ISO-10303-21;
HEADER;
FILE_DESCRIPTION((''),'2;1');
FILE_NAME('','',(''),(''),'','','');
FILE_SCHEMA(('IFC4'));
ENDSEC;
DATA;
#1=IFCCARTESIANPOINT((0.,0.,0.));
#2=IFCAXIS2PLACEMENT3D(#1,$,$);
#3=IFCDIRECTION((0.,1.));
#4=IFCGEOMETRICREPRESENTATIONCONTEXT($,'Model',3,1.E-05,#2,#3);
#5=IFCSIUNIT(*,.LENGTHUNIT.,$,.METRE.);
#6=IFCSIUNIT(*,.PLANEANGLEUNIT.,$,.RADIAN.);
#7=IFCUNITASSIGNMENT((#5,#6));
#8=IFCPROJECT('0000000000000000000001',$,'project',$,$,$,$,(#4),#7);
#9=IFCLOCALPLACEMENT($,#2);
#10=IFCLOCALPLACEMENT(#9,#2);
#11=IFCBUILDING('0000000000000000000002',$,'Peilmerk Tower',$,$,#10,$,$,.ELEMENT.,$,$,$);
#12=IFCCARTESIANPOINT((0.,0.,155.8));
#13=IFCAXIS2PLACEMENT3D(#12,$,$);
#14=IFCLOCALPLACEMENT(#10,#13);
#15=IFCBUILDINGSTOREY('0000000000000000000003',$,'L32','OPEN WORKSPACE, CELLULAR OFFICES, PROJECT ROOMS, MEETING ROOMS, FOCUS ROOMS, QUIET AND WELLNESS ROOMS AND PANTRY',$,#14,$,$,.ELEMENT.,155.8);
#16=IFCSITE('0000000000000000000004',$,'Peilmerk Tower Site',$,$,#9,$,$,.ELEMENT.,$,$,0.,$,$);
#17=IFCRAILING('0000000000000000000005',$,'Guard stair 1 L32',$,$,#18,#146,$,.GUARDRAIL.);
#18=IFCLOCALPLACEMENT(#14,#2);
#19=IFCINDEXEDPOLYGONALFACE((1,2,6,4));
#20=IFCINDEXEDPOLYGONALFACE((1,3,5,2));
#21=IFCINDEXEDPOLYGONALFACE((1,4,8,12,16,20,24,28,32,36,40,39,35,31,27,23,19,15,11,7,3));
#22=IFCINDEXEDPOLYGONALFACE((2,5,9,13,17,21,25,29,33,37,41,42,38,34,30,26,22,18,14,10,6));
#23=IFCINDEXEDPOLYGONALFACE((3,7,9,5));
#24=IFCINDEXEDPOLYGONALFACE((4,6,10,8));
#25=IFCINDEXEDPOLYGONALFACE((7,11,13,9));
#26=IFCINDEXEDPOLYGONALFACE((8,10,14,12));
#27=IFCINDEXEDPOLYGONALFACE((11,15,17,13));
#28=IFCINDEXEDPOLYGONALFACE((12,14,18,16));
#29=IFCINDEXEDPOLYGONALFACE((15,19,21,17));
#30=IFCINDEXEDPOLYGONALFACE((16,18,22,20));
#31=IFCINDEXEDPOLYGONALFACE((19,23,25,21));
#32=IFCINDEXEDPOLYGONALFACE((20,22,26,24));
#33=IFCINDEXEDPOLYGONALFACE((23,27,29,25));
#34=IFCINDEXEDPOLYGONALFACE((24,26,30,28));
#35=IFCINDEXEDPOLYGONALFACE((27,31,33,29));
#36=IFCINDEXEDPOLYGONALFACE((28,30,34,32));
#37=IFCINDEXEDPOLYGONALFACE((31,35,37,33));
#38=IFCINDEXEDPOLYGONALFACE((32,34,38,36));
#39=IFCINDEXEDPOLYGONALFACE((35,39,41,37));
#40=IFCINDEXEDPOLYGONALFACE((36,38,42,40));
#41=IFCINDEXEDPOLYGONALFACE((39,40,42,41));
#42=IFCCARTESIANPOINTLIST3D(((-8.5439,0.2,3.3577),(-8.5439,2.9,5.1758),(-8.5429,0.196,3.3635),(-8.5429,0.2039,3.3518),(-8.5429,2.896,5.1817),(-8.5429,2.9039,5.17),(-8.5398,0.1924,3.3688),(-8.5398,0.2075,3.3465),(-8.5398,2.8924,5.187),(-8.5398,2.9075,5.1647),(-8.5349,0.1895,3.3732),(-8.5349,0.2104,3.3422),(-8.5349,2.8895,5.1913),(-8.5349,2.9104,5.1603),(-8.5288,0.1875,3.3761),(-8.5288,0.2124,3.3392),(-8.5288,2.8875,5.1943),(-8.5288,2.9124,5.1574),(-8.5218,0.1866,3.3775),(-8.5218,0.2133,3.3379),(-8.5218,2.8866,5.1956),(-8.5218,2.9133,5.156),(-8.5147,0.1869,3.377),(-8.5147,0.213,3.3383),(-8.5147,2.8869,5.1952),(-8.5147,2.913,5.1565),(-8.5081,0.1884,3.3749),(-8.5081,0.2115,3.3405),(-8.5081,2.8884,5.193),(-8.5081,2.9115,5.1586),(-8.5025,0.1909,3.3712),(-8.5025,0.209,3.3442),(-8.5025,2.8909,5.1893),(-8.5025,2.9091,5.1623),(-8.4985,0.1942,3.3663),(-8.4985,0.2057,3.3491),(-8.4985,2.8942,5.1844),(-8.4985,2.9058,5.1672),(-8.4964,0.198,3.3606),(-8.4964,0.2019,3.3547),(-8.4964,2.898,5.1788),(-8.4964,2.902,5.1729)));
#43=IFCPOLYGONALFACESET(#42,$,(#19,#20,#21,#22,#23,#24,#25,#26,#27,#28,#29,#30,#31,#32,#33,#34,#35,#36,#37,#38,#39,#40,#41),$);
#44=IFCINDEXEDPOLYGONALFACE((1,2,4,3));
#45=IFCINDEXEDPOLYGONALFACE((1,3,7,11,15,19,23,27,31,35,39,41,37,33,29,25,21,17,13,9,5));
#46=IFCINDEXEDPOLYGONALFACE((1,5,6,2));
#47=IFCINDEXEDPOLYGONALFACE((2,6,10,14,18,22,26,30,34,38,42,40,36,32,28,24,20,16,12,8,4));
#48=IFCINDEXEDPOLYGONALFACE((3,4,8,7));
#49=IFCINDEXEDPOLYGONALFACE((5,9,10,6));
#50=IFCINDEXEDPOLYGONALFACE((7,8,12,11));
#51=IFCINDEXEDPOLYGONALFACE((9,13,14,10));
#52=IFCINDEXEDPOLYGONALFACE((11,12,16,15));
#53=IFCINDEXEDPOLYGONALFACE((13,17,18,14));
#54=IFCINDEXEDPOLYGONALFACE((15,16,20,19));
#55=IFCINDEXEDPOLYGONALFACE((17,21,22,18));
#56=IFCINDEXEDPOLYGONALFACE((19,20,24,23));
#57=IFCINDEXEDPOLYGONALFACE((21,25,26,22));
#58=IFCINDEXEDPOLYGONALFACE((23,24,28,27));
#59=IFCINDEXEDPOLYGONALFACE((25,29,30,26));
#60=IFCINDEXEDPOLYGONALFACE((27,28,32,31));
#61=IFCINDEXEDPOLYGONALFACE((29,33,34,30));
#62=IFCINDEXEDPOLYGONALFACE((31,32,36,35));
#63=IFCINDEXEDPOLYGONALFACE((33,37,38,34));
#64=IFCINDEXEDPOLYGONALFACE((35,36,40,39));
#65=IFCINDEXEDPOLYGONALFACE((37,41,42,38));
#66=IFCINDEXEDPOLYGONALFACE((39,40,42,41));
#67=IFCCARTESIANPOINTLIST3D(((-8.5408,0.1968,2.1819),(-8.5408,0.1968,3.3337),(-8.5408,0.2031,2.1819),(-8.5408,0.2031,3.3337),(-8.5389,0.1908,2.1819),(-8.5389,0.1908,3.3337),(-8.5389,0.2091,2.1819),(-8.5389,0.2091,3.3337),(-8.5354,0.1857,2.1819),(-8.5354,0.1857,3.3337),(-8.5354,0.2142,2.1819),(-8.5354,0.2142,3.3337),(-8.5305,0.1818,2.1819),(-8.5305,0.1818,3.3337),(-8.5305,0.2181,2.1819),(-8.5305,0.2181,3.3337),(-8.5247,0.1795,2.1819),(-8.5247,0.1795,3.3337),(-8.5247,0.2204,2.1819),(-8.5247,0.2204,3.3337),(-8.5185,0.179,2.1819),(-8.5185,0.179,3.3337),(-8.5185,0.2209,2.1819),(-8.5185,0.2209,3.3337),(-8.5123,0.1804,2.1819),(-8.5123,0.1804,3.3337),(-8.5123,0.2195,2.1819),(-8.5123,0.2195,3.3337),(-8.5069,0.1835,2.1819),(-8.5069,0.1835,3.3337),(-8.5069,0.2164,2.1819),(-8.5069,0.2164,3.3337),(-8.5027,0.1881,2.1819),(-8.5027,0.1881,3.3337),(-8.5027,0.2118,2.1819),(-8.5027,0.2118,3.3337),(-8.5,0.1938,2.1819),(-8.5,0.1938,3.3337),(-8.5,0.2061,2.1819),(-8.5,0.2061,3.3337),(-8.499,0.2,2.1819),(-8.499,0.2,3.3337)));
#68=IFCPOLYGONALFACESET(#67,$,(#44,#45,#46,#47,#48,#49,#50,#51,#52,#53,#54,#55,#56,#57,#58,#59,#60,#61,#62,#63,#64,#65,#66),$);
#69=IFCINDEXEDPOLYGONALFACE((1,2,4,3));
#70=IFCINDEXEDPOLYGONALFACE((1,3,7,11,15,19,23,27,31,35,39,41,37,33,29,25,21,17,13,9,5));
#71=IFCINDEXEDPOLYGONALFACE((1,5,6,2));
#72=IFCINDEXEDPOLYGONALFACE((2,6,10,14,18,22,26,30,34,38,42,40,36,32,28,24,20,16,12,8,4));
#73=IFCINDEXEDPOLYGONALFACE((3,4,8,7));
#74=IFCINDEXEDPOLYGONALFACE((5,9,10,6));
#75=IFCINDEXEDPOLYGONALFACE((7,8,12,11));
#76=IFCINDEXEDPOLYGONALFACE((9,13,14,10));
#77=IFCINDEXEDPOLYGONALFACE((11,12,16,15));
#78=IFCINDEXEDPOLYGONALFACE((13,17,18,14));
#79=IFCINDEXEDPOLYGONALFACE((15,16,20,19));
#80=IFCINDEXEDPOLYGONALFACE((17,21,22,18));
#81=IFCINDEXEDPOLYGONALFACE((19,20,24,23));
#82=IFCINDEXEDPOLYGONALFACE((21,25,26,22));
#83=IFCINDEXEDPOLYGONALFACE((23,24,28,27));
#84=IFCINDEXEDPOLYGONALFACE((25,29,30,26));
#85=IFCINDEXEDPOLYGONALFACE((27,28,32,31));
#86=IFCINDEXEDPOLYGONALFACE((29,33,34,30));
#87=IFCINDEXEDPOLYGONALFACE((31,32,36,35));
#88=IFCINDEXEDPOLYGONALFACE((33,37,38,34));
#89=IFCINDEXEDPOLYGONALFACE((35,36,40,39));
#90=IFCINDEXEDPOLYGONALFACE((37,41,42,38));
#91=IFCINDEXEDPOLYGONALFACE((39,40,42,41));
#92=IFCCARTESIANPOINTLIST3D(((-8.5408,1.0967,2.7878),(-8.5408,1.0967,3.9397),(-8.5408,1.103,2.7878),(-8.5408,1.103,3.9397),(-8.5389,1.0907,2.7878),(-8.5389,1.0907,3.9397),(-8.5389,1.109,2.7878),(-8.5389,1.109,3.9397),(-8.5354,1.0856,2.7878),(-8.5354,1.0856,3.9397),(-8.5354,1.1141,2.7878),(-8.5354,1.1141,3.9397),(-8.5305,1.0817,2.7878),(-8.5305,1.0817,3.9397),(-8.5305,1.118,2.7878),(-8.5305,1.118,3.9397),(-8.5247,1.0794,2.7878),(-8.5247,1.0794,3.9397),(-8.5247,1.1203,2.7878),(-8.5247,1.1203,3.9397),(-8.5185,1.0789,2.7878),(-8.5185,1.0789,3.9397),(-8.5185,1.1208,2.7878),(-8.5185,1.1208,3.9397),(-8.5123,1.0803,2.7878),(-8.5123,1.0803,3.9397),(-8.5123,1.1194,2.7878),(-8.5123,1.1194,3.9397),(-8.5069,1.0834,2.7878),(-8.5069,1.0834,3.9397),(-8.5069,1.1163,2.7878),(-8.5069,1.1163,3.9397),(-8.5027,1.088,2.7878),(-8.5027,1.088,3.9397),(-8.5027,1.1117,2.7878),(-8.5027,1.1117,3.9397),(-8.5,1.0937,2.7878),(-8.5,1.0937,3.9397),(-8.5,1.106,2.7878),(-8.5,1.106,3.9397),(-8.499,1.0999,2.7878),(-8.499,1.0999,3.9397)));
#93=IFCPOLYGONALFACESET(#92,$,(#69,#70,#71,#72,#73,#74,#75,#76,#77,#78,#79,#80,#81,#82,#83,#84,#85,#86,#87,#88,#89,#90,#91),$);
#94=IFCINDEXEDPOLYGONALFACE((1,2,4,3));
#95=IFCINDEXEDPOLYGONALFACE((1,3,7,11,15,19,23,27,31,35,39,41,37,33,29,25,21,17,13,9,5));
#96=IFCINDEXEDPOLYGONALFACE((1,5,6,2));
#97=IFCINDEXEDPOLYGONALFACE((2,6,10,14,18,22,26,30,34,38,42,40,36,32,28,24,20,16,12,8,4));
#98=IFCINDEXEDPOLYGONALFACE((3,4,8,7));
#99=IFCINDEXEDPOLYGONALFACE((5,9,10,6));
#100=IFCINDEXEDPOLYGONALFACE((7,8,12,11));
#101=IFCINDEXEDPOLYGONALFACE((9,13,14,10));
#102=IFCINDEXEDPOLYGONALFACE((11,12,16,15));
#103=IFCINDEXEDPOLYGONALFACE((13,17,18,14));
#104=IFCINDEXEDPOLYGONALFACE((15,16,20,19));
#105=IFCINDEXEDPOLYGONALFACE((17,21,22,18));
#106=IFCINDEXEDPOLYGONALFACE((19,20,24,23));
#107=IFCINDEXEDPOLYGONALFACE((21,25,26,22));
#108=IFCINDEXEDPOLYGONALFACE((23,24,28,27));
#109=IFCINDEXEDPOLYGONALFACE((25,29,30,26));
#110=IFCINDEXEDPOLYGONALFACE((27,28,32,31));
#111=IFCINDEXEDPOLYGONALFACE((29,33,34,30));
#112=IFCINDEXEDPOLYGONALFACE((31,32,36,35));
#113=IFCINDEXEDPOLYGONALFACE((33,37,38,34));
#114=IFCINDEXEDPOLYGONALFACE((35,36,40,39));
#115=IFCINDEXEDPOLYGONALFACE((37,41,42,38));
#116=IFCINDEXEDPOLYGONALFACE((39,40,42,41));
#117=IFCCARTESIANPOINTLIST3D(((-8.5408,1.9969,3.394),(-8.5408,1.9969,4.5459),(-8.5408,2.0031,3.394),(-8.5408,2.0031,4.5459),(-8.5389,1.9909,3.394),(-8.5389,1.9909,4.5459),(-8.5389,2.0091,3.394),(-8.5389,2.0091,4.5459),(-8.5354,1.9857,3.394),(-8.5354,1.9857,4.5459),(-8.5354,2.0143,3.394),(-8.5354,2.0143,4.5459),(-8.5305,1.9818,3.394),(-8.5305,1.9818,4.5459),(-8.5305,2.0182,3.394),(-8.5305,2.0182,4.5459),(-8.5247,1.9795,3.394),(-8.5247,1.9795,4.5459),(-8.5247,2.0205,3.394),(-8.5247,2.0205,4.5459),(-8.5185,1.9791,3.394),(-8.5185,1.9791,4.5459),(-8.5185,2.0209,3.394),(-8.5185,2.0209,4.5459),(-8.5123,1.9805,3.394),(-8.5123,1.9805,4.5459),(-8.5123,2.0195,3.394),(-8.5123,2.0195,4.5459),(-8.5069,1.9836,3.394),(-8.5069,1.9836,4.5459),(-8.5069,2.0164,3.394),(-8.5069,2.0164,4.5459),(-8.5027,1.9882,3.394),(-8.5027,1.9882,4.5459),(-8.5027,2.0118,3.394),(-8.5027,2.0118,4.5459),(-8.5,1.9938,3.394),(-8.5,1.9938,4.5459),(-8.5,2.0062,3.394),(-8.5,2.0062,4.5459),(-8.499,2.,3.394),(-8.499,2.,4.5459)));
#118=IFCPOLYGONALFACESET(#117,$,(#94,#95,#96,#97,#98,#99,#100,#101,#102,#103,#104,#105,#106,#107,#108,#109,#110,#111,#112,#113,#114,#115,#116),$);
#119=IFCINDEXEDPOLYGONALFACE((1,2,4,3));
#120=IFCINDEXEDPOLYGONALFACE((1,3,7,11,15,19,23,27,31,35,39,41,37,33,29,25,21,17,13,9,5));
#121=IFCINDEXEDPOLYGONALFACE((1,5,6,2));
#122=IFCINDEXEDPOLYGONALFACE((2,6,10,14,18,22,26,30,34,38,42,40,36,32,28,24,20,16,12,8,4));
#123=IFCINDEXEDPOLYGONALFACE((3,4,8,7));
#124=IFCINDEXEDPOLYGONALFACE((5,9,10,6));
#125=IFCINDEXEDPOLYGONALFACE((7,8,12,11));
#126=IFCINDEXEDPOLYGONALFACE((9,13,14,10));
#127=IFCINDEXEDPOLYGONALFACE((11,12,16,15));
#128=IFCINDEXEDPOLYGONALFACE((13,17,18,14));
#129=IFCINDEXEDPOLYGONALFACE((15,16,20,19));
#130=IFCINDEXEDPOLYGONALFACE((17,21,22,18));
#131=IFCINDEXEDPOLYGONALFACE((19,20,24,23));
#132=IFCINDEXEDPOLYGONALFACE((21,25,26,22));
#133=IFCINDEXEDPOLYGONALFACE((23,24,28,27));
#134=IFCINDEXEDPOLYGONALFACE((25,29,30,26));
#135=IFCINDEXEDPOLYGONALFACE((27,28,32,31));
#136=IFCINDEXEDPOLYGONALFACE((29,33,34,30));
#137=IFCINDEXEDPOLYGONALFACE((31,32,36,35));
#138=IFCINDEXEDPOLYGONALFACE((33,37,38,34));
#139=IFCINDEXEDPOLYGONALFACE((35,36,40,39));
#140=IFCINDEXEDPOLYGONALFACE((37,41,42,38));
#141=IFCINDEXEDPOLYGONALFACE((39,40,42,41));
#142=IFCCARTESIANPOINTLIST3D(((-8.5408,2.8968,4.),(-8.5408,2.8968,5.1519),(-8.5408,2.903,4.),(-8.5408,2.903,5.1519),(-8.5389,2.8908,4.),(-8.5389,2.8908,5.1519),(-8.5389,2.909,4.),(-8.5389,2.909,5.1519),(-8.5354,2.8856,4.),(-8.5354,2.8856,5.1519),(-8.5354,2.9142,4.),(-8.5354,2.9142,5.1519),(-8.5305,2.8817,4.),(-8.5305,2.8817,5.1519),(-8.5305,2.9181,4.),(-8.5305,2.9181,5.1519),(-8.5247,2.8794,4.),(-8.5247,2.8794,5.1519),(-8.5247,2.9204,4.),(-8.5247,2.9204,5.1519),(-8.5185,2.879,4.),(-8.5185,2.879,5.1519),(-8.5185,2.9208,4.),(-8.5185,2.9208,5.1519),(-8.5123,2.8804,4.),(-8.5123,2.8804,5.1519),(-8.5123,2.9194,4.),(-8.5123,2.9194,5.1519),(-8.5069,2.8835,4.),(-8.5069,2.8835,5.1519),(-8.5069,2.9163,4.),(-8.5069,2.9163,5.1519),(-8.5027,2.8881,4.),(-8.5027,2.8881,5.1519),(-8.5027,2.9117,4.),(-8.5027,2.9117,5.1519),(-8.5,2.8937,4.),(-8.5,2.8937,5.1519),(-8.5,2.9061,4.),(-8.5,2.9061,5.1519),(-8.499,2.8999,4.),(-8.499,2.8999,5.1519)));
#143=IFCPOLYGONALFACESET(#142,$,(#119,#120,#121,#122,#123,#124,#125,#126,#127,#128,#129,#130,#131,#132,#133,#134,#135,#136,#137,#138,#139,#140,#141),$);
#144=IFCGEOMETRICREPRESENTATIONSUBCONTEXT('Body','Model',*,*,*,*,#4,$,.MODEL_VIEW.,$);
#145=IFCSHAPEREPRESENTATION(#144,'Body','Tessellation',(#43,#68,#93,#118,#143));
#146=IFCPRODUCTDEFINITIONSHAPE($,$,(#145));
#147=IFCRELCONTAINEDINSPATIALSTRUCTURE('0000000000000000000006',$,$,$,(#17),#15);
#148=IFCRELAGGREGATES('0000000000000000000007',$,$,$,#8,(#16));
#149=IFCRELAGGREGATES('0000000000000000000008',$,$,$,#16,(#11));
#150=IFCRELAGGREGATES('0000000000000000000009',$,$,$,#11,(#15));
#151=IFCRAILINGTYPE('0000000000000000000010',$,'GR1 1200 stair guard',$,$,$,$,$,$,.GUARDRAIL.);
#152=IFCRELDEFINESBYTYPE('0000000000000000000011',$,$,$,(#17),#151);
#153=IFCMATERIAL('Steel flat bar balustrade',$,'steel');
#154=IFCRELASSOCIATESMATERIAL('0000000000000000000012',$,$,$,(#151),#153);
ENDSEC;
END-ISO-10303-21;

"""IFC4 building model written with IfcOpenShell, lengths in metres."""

from ifc_helpers import new_model, si_unit, direction, frame, origin, origin_2d, place, context, subcontext, project, spatial, circle, extrude, material, type_object, element, save


model = new_model("IFC4")

# Units and contexts
model_context = context("Model", 3, precision=1e-05, world=origin(), true_north=direction((0.0, 1.0)))
body_context = subcontext(model_context, "Body", "Model", "MODEL_VIEW")
ifc_project = project(units=[si_unit("LENGTHUNIT", "METRE"), si_unit("PLANEANGLEUNIT", "RADIAN")], contexts=[model_context])

# Site, building, storey
site_placement = place(None, origin())
site = spatial("IfcSite", under=ifc_project, at=site_placement, Name="Peilmerk Tower Site", CompositionType="ELEMENT", RefElevation=0.0)
building_placement = place(site_placement, origin())
building = spatial("IfcBuilding", under=site, at=building_placement, Name="Peilmerk Tower", CompositionType="ELEMENT")
storey_placement = place(building_placement, frame((0.0, 0.0, 155.8)))
storey = spatial("IfcBuildingStorey", under=building, at=storey_placement, Name="L32", Description="OPEN WORKSPACE, CELLULAR OFFICES, PROJECT ROOMS, MEETING ROOMS, FOCUS ROOMS, QUIET AND WELLNESS ROOMS AND PANTRY", CompositionType="ELEMENT", Elevation=155.8)

# Railing
ifc_material_1 = material(Name="Steel flat bar balustrade", Category="steel")
railing_type_1 = type_object("IfcRailingType", Name="GR1 1200 stair guard", PredefinedType="GUARDRAIL", material=ifc_material_1)
railing_1_placement = place(storey_placement, frame((-8.52, 0.2, 2.1819)))
element("IfcRailing", 1, at=railing_1_placement, inside=storey, type_object=railing_type_1, Name="Guard stair 1 L32", PredefinedType="GUARDRAIL", context=body_context, shape_type="SweptSolid", body=[
    extrude(circle(Radius=0.0239, at=origin_2d()), frame((0.0, 0.0, 1.1758), z_axis=(0.0, 0.829468, 0.558554), x_axis=(-1.0, 0.0, 0.0)), (0.0, 0.0, 1.0), 3.2551),
    extrude(circle(Radius=0.021, at=origin_2d()), origin(), (0.0, 0.0, 1.0), 1.1519),
    extrude(circle(Radius=0.021, at=origin_2d()), frame((0.0, 0.8999, 0.606)), (0.0, 0.0, 1.0), 1.1519),
    extrude(circle(Radius=0.021, at=origin_2d()), frame((0.0, 1.8, 1.2122)), (0.0, 0.0, 1.0), 1.1519),
    extrude(circle(Radius=0.021, at=origin_2d()), frame((0.0, 2.7, 1.8181)), (0.0, 0.0, 1.0), 1.1519),
])

save(model, "model.ifc")
